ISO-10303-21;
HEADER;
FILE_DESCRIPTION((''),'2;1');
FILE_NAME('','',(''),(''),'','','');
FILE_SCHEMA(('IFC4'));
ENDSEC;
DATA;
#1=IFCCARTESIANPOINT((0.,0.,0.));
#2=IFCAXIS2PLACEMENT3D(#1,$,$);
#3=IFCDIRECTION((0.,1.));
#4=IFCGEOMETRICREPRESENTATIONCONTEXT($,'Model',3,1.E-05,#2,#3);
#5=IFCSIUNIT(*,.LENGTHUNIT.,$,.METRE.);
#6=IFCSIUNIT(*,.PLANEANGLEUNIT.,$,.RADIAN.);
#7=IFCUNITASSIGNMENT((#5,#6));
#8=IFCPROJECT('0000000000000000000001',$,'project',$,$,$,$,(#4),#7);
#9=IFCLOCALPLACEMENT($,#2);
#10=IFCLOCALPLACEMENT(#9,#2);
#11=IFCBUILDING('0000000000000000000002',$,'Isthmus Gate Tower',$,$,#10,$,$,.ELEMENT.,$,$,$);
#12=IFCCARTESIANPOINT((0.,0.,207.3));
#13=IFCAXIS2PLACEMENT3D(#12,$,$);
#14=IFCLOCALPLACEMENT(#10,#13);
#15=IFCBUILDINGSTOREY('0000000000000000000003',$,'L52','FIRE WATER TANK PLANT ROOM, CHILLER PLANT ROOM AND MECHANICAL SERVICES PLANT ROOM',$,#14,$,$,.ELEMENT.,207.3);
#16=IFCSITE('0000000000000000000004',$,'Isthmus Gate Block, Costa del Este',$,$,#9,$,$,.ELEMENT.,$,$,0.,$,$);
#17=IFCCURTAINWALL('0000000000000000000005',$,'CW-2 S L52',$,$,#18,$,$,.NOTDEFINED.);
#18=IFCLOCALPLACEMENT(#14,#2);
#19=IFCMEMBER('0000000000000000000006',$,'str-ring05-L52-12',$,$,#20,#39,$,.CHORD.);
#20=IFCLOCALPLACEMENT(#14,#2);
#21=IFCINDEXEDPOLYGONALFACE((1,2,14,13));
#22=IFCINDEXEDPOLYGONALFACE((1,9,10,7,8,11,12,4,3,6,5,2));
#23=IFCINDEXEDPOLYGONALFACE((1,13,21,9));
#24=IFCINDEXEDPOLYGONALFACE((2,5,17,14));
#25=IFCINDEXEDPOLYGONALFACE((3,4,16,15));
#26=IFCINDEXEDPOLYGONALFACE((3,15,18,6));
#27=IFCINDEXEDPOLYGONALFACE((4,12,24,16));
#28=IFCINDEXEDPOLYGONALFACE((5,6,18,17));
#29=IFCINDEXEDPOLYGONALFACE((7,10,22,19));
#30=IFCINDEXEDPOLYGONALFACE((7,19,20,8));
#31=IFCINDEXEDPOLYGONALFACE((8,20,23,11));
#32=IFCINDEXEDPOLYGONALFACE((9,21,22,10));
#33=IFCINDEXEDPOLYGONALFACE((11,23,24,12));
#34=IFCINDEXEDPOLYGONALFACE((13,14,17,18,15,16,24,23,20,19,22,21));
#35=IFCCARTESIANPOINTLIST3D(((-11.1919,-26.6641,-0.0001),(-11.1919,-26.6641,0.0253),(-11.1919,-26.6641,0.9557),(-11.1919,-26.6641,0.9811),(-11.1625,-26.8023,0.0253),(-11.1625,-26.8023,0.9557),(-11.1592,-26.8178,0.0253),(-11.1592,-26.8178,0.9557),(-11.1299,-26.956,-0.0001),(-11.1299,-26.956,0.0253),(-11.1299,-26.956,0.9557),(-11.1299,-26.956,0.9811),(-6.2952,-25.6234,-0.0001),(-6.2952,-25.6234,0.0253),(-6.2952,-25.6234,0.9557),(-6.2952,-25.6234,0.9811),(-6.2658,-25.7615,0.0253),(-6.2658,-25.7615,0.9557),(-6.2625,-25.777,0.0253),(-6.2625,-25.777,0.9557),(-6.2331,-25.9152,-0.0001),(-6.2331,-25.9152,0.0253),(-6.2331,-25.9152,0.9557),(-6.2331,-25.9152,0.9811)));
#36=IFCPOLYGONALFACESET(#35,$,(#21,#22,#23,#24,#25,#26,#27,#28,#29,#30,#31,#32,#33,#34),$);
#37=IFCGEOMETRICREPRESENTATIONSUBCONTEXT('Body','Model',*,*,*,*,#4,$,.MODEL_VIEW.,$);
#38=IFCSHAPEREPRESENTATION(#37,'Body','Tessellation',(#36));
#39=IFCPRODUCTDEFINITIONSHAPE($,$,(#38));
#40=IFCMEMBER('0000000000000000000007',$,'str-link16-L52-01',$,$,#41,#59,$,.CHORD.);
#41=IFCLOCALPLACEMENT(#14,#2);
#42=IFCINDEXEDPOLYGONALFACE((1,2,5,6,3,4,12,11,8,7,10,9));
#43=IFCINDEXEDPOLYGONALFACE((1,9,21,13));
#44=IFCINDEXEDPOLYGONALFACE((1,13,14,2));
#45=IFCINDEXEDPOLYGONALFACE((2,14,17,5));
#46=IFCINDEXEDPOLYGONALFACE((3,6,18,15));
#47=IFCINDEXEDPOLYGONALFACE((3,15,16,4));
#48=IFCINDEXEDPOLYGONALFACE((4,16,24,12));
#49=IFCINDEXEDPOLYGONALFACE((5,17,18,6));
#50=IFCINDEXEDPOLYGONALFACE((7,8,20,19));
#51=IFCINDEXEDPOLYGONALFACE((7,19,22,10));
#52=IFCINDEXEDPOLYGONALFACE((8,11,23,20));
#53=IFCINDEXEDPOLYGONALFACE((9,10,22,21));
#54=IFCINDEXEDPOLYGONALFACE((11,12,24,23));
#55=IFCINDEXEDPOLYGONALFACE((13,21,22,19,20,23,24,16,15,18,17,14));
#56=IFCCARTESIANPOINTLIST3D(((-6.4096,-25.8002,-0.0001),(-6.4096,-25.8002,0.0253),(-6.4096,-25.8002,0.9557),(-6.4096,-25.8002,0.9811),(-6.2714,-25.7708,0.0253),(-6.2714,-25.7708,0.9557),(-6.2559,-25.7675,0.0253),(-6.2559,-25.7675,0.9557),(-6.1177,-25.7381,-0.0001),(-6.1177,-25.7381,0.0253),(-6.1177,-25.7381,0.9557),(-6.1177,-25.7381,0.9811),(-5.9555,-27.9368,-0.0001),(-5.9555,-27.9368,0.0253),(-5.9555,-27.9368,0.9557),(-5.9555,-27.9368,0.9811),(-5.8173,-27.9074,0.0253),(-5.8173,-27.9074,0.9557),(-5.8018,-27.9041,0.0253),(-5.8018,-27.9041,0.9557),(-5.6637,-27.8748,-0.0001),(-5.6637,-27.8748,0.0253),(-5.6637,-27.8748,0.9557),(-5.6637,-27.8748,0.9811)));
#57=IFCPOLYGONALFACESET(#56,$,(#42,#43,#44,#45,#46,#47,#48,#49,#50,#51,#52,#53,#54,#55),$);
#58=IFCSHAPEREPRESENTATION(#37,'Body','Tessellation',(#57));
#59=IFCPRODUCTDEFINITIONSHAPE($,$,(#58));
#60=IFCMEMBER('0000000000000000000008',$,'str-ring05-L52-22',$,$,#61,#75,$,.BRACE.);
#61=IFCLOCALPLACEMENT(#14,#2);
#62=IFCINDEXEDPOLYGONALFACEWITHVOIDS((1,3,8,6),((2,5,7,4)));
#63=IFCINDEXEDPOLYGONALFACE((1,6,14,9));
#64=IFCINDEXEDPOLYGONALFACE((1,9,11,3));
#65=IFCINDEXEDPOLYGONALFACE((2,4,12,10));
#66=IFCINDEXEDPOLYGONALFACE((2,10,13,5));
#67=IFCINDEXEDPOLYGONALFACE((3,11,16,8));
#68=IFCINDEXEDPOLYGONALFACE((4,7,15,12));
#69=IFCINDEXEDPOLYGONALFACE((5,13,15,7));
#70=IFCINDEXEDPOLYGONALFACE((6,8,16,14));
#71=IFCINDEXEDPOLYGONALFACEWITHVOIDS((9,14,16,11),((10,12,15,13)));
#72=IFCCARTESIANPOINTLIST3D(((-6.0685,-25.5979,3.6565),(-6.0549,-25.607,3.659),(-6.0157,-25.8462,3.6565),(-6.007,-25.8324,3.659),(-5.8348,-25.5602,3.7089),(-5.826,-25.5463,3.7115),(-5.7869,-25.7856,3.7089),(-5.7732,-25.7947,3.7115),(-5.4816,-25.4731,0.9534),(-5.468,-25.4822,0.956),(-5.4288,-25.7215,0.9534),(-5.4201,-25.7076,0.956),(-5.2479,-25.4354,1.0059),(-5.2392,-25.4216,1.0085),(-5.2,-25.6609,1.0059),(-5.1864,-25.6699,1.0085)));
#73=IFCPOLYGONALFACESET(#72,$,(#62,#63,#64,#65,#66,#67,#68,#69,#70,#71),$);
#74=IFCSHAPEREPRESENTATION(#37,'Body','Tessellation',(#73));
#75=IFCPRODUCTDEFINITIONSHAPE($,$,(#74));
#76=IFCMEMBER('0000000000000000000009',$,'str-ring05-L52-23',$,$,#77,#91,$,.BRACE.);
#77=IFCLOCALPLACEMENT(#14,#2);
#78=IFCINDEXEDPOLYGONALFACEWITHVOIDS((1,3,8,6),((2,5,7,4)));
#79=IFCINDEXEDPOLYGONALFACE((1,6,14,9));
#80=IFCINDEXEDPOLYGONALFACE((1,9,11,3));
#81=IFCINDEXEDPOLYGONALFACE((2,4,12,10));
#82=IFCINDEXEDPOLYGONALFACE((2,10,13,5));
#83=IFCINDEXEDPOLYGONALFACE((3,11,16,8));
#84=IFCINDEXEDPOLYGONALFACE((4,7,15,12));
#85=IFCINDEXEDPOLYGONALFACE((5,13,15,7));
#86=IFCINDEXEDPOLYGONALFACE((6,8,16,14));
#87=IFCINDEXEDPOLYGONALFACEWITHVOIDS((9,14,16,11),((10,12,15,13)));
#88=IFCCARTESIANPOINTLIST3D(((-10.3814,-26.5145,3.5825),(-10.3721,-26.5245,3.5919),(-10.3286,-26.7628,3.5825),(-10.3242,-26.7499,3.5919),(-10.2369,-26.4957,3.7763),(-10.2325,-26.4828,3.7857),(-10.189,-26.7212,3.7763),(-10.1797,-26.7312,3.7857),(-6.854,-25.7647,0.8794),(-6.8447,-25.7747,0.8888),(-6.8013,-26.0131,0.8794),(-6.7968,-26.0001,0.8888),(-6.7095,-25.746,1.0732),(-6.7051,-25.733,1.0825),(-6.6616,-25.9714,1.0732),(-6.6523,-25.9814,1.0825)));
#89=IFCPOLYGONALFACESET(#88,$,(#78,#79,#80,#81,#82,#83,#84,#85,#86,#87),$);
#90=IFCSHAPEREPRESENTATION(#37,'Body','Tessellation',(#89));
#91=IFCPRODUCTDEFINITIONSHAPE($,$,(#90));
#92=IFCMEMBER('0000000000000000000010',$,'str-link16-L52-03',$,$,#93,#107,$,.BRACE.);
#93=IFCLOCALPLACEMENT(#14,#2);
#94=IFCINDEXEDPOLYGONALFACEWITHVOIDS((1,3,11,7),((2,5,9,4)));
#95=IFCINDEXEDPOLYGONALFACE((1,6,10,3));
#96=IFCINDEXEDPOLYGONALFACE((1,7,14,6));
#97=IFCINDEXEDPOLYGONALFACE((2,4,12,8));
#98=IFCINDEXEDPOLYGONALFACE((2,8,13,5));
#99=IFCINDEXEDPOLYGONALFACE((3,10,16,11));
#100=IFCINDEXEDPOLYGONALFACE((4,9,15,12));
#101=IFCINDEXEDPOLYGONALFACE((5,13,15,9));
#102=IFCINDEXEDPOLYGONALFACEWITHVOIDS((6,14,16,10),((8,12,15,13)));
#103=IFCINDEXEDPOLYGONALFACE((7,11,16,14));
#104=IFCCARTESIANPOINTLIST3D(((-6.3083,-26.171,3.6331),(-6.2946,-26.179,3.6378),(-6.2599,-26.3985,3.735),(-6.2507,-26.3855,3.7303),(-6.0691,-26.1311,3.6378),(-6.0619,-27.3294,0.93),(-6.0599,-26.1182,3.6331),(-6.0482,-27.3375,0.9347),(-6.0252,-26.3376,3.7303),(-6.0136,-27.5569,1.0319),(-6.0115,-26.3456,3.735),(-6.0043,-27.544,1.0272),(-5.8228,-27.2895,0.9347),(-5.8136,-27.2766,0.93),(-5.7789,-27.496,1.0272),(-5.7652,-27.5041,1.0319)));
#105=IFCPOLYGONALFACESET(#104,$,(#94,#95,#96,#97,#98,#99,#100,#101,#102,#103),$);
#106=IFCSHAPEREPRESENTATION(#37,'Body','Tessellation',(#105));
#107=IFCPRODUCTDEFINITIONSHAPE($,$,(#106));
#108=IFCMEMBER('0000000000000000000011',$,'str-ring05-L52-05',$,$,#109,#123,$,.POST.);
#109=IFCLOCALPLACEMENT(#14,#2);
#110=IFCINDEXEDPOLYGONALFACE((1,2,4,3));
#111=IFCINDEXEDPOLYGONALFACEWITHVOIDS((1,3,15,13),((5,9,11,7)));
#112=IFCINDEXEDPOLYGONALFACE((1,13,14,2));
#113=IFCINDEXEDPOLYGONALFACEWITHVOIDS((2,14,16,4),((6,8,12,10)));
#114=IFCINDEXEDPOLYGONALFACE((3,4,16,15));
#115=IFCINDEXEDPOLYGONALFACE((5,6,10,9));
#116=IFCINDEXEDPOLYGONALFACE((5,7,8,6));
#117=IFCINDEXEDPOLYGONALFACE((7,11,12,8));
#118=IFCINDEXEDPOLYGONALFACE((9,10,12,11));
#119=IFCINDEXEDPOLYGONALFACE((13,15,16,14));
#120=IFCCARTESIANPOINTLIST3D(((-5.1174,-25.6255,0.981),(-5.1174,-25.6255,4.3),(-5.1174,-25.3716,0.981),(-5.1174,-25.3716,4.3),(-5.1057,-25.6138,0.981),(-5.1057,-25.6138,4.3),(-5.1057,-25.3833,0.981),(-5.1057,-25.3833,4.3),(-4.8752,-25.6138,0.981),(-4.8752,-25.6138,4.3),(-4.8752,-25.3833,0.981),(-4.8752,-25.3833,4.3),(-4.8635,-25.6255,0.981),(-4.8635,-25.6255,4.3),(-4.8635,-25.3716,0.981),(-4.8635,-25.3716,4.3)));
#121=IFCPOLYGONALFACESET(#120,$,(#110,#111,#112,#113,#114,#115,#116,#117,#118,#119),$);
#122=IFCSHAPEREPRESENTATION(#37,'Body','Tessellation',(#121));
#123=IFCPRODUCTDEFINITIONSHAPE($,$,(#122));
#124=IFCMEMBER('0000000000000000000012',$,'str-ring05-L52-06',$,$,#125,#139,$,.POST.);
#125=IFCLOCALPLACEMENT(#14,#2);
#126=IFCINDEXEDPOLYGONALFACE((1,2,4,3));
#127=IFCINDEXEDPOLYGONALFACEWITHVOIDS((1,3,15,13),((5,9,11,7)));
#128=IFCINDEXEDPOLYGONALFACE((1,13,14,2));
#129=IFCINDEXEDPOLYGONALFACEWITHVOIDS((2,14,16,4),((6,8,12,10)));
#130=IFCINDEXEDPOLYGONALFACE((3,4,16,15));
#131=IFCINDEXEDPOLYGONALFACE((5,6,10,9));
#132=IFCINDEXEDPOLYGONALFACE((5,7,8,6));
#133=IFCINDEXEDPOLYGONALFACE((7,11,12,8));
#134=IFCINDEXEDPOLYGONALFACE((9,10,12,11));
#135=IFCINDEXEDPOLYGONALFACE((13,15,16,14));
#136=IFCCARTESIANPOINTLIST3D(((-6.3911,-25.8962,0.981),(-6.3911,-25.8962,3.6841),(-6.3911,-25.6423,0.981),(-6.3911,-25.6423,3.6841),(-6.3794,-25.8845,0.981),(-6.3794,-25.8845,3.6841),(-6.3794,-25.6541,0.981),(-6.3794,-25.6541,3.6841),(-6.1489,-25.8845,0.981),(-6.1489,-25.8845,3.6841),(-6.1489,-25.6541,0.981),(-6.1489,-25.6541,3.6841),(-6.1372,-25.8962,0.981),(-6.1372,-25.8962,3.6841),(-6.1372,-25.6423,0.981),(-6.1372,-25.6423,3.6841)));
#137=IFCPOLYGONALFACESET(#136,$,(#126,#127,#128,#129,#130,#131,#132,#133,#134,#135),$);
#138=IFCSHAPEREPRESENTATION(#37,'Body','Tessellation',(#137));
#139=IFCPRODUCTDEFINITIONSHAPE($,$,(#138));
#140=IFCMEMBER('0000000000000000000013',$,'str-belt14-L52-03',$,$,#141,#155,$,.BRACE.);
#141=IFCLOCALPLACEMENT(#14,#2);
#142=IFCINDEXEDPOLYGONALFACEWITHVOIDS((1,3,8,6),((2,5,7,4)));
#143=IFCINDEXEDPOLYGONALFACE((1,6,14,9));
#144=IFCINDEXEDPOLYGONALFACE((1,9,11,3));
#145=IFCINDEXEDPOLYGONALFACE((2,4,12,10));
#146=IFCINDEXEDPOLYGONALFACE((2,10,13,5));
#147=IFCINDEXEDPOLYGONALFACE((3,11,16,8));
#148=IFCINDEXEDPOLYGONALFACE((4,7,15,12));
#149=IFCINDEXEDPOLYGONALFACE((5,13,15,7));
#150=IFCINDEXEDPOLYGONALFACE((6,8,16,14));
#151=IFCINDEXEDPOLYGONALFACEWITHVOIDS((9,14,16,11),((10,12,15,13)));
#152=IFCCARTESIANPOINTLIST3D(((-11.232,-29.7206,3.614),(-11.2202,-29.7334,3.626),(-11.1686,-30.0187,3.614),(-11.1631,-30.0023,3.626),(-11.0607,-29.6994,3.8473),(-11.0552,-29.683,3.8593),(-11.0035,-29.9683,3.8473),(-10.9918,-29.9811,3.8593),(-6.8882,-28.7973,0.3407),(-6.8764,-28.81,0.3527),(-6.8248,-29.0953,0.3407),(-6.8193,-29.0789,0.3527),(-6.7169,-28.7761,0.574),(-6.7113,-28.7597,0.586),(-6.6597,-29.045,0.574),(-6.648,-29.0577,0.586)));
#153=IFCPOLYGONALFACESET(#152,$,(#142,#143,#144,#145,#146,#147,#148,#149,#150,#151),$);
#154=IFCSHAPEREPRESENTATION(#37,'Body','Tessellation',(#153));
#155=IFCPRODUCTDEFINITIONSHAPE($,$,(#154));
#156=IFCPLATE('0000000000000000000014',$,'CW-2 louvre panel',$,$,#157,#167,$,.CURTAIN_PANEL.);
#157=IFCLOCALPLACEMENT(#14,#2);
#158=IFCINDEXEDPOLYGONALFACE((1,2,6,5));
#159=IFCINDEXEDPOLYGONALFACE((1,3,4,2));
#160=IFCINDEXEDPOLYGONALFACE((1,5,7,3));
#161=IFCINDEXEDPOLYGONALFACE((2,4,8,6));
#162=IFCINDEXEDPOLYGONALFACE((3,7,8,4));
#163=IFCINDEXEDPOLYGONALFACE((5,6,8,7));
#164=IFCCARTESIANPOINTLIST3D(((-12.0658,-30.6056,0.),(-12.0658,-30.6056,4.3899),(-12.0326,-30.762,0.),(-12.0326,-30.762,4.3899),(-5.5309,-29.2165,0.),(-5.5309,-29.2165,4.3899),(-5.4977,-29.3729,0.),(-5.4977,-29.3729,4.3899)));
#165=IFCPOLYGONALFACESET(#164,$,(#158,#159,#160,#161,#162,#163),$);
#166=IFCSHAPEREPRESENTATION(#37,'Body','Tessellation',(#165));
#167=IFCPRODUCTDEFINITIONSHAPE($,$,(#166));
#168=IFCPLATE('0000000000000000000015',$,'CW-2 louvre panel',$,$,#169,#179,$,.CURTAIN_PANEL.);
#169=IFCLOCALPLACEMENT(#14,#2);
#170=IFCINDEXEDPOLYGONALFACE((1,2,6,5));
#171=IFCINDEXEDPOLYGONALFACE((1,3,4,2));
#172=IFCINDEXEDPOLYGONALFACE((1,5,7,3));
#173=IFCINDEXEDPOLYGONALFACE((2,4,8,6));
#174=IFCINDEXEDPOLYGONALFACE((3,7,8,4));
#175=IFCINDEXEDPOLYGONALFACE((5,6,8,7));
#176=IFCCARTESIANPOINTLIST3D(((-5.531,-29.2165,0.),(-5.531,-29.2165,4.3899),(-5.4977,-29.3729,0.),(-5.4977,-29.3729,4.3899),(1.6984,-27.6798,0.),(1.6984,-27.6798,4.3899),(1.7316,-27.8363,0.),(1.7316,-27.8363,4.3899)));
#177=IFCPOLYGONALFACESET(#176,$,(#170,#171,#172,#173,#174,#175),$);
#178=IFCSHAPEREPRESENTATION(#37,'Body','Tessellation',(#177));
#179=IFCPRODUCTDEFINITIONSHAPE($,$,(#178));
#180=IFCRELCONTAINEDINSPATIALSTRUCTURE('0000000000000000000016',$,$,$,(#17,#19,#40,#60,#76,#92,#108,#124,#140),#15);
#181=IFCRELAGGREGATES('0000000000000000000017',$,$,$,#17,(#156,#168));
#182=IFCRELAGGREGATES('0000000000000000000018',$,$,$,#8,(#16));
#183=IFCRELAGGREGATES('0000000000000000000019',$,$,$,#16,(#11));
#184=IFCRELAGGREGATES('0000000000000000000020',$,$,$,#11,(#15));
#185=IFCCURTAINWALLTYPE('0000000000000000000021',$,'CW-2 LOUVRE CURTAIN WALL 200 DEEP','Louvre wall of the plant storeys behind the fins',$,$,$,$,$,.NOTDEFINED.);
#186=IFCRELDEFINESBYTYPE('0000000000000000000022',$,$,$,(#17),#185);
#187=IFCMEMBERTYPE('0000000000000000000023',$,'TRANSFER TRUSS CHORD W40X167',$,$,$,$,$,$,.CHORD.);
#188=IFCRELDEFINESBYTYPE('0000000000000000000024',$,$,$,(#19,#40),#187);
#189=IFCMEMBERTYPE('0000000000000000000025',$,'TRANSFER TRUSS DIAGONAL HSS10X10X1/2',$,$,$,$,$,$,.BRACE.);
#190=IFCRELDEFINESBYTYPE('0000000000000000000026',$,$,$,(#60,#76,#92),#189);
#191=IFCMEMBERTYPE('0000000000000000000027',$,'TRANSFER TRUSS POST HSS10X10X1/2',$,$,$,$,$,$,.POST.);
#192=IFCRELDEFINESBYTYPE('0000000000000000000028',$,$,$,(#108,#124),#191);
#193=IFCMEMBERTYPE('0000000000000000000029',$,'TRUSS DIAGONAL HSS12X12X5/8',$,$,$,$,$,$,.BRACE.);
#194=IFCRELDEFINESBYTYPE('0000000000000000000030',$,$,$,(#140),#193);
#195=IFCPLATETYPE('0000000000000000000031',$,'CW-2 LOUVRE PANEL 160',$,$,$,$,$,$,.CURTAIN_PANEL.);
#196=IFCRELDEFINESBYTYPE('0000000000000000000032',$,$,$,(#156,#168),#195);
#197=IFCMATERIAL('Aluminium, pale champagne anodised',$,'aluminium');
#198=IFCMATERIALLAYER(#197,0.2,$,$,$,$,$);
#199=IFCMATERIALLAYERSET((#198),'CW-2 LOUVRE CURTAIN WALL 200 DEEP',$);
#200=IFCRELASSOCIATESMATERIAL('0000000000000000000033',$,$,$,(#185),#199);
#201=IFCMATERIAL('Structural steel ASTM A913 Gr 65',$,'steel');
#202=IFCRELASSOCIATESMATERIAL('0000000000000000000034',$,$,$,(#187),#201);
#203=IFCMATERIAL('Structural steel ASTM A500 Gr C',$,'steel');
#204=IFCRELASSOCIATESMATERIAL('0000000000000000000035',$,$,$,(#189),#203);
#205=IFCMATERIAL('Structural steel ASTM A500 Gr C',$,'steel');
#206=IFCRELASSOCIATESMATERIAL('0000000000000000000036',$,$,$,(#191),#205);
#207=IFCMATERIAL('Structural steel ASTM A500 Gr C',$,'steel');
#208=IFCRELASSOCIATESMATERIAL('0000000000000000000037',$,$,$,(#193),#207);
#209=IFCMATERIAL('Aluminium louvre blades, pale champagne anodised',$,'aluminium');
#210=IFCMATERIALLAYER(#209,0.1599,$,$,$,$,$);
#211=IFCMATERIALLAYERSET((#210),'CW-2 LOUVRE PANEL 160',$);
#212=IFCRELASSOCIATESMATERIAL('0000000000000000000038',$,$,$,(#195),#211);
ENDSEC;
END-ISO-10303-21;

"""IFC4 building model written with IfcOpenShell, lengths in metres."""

from ifc_helpers import new_model, si_unit, direction, frame, origin, origin_2d, place, context, subcontext, project, spatial, rectangle, hollow_rectangle, i_section, extrude, material, layer, layer_set, material_profile, profile_set, type_object, element, aggregate, save


model = new_model("IFC4")

# Units and contexts
model_context = context("Model", 3, precision=1e-05, world=origin(), true_north=direction((0.0, 1.0)))
body_context = subcontext(model_context, "Body", "Model", "MODEL_VIEW")
ifc_project = project(units=[si_unit("LENGTHUNIT", "METRE"), si_unit("PLANEANGLEUNIT", "RADIAN")], contexts=[model_context])

# Site, building, storey
site_placement = place(None, origin())
site = spatial("IfcSite", under=ifc_project, at=site_placement, Name="Isthmus Gate Block, Costa del Este", CompositionType="ELEMENT", RefElevation=0.0)
building_placement = place(site_placement, origin())
building = spatial("IfcBuilding", under=site, at=building_placement, Name="Isthmus Gate Tower", CompositionType="ELEMENT")
storey_placement = place(building_placement, frame((0.0, 0.0, 207.3)))
storey = spatial("IfcBuildingStorey", under=building, at=storey_placement, Name="L52", Description="FIRE WATER TANK PLANT ROOM, CHILLER PLANT ROOM AND MECHANICAL SERVICES PLANT ROOM", CompositionType="ELEMENT", Elevation=207.3)

# Curtain wall
ifc_material_1 = material(Name="Aluminium, pale champagne anodised", Category="aluminium")
ifc_layer_1 = layer(ifc_material_1, 0.2)
ifc_layer_set_1 = layer_set([ifc_layer_1], Name="CW-2 LOUVRE CURTAIN WALL 200 DEEP")
curtain_wall_type = type_object("IfcCurtainWallType", Name="CW-2 LOUVRE CURTAIN WALL 200 DEEP", Description="Louvre wall of the plant storeys behind the fins", PredefinedType="NOTDEFINED", material=ifc_layer_set_1)
curtain_wall_placement = place(storey_placement, origin())
curtain_wall = element("IfcCurtainWall", 1, at=curtain_wall_placement, inside=storey, type_object=curtain_wall_type, Name="CW-2 S L52", PredefinedType="NOTDEFINED")

# Members
ifc_material_2 = material(Name="Structural steel ASTM A913 Gr 65", Category="steel")
ifc_material_profile_1 = material_profile(ifc_material_2, i_section(OverallWidth=0.2983, OverallDepth=0.9812, WebThickness=0.0159, FlangeThickness=0.0254, at=origin_2d()), Name="W40X167")
ifc_profile_set_1 = profile_set([ifc_material_profile_1], Name="Structural steel ASTM A913 Gr 65")
member_type_1 = type_object("IfcMemberType", Name="TRANSFER TRUSS CHORD W40X167", PredefinedType="CHORD", material=ifc_profile_set_1)
member_1_placement = place(storey_placement, frame((-6.2642, -25.7693, 0.4905), z_axis=(-0.97815, -0.2079, 0.0), x_axis=(0.2079, -0.97815, 0.0)))
element("IfcMember", 2, at=member_1_placement, inside=storey, type_object=member_type_1, Name="str-ring05-L52-12", PredefinedType="CHORD", context=body_context, shape_type="SweptSolid", body=[
    extrude(i_section(OverallWidth=0.2983, OverallDepth=0.9812, WebThickness=0.0159, FlangeThickness=0.0254, at=origin_2d()), origin(), (0.0, 0.0, 1.0), 5.0061),
])
member_2_placement = place(storey_placement, frame((-5.8096, -27.9058, 0.4905), z_axis=(-0.20788, 0.978154, 0.0), x_axis=(-0.978154, -0.20788, 0.0)))
element("IfcMember", 3, at=member_2_placement, inside=storey, type_object=member_type_1, Name="str-link16-L52-01", PredefinedType="CHORD", context=body_context, shape_type="SweptSolid", body=[
    extrude(i_section(OverallWidth=0.2983, OverallDepth=0.9812, WebThickness=0.0159, FlangeThickness=0.0254, at=origin_2d()), origin(), (0.0, 0.0, 1.0), 2.1843),
])
ifc_material_3 = material(Name="Structural steel ASTM A500 Gr C", Category="steel")
ifc_material_profile_2 = material_profile(ifc_material_3, hollow_rectangle(XDim=0.2539, YDim=0.2539, WallThickness=0.0117, at=origin_2d()), Name="HSS10X10X1/2")
ifc_profile_set_2 = profile_set([ifc_material_profile_2], Name="Structural steel ASTM A500 Gr C")
member_type_2 = type_object("IfcMemberType", Name="TRANSFER TRUSS DIAGONAL HSS10X10X1/2", PredefinedType="BRACE", material=ifc_profile_set_2)
member_3_placement = place(storey_placement, frame((-5.334, -25.5715, 0.981), z_axis=(-0.211965, -0.045056, 0.976238), x_axis=(0.207917, -0.978146, 0.0)))
element("IfcMember", 4, at=member_3_placement, inside=storey, type_object=member_type_2, Name="str-ring05-L52-22", PredefinedType="BRACE", context=body_context, shape_type="SweptSolid", body=[
    extrude(hollow_rectangle(XDim=0.2539, YDim=0.2539, WallThickness=0.0117, at=origin_2d()), origin(), (0.0, 0.0, 1.0), 2.7688),
])
member_4_placement = place(storey_placement, frame((-6.7532, -25.873, 0.981), z_axis=(-0.782673, -0.166361, 0.599789), x_axis=(0.207911, -0.978148, 0.0)))
element("IfcMember", 5, at=member_4_placement, inside=storey, type_object=member_type_2, Name="str-ring05-L52-23", PredefinedType="BRACE", context=body_context, shape_type="SweptSolid", body=[
    extrude(hollow_rectangle(XDim=0.2539, YDim=0.2539, WallThickness=0.0117, at=origin_2d()), origin(), (0.0, 0.0, 1.0), 4.5068),
])
member_5_placement = place(storey_placement, frame((-5.9136, -27.4167, 0.981), z_axis=(-0.08347, 0.392535, 0.915942), x_axis=(-0.97813, -0.207994, 0.0)))
element("IfcMember", 6, at=member_5_placement, inside=storey, type_object=member_type_2, Name="str-link16-L52-03", PredefinedType="BRACE", context=body_context, shape_type="SweptSolid", body=[
    extrude(hollow_rectangle(XDim=0.2539, YDim=0.2539, WallThickness=0.0117, at=origin_2d()), origin(), (0.0, 0.0, 1.0), 2.9512),
])
ifc_material_4 = material(Name="Structural steel ASTM A500 Gr C", Category="steel")
ifc_material_profile_3 = material_profile(ifc_material_4, hollow_rectangle(XDim=0.2539, YDim=0.2539, WallThickness=0.0117, at=origin_2d()), Name="HSS10X10X1/2")
ifc_profile_set_3 = profile_set([ifc_material_profile_3], Name="Structural steel ASTM A500 Gr C")
member_type_3 = type_object("IfcMemberType", Name="TRANSFER TRUSS POST HSS10X10X1/2", PredefinedType="POST", material=ifc_profile_set_3)
member_6_placement = place(storey_placement, frame((-4.9905, -25.4985, 0.981), z_axis=(0.0, 0.0, 1.0), x_axis=(1.0, 0.0, 0.0)))
element("IfcMember", 7, at=member_6_placement, inside=storey, type_object=member_type_3, Name="str-ring05-L52-05", PredefinedType="POST", context=body_context, shape_type="SweptSolid", body=[
    extrude(hollow_rectangle(XDim=0.2539, YDim=0.2539, WallThickness=0.0117, at=origin_2d()), origin(), (0.0, 0.0, 1.0), 3.3191),
])
member_7_placement = place(storey_placement, frame((-6.2642, -25.7693, 0.981), z_axis=(0.0, 0.0, 1.0), x_axis=(1.0, 0.0, 0.0)))
element("IfcMember", 8, at=member_7_placement, inside=storey, type_object=member_type_3, Name="str-ring05-L52-06", PredefinedType="POST", context=body_context, shape_type="SweptSolid", body=[
    extrude(hollow_rectangle(XDim=0.2539, YDim=0.2539, WallThickness=0.0117, at=origin_2d()), origin(), (0.0, 0.0, 1.0), 2.7031),
])
ifc_material_5 = material(Name="Structural steel ASTM A500 Gr C", Category="steel")
ifc_material_profile_4 = material_profile(ifc_material_5, hollow_rectangle(XDim=0.3047, YDim=0.3047, WallThickness=0.0149, at=origin_2d()), Name="HSS12X12X5/8")
ifc_profile_set_4 = profile_set([ifc_material_profile_4], Name="Structural steel ASTM A500 Gr C")
member_type_4 = type_object("IfcMemberType", Name="TRUSS DIAGONAL HSS12X12X5/8", PredefinedType="BRACE", material=ifc_profile_set_4)
member_8_placement = place(storey_placement, frame((-6.7681, -28.9275, 0.4634), z_axis=(-0.787375, -0.16737, 0.593319), x_axis=(0.207922, -0.978145, 0.0)))
element("IfcMember", 9, at=member_8_placement, inside=storey, type_object=member_type_4, Name="str-belt14-L52-03", PredefinedType="BRACE", context=body_context, shape_type="SweptSolid", body=[
    extrude(hollow_rectangle(XDim=0.3047, YDim=0.3047, WallThickness=0.0149, at=origin_2d()), origin(), (0.0, 0.0, 1.0), 5.5168),
])

# Plates
ifc_material_6 = material(Name="Aluminium louvre blades, pale champagne anodised", Category="aluminium")
ifc_layer_2 = layer(ifc_material_6, 0.1599)
ifc_layer_set_2 = layer_set([ifc_layer_2], Name="CW-2 LOUVRE PANEL 160")
plate_type = type_object("IfcPlateType", Name="CW-2 LOUVRE PANEL 160", PredefinedType="CURTAIN_PANEL", material=ifc_layer_set_2)
plate_1_placement = place(storey_placement, frame((-8.7817, -29.9893, 0.0), z_axis=(0.0, 0.0, 1.0), x_axis=(0.978148, 0.207912, 0.0)))
plate_1 = element("IfcPlate", 10, at=plate_1_placement, type_object=plate_type, Name="CW-2 louvre panel", PredefinedType="CURTAIN_PANEL", context=body_context, shape_type="SweptSolid", body=[
    extrude(rectangle(XDim=6.6809, YDim=0.1599, at=origin_2d()), origin(), (0.0, 0.0, 1.0), 4.3899),
])
plate_2_placement = place(storey_placement, frame((-1.8997, -28.5264, 0.0), z_axis=(0.0, 0.0, 1.0), x_axis=(0.978148, 0.207912, 0.0)))
plate_2 = element("IfcPlate", 11, at=plate_2_placement, type_object=plate_type, Name="CW-2 louvre panel", PredefinedType="CURTAIN_PANEL", context=body_context, shape_type="SweptSolid", body=[
    extrude(rectangle(XDim=7.3909, YDim=0.1599, at=origin_2d()), origin(), (0.0, 0.0, 1.0), 4.3899),
])
aggregate(curtain_wall, [plate_1, plate_2])

save(model, "model.ifc")
